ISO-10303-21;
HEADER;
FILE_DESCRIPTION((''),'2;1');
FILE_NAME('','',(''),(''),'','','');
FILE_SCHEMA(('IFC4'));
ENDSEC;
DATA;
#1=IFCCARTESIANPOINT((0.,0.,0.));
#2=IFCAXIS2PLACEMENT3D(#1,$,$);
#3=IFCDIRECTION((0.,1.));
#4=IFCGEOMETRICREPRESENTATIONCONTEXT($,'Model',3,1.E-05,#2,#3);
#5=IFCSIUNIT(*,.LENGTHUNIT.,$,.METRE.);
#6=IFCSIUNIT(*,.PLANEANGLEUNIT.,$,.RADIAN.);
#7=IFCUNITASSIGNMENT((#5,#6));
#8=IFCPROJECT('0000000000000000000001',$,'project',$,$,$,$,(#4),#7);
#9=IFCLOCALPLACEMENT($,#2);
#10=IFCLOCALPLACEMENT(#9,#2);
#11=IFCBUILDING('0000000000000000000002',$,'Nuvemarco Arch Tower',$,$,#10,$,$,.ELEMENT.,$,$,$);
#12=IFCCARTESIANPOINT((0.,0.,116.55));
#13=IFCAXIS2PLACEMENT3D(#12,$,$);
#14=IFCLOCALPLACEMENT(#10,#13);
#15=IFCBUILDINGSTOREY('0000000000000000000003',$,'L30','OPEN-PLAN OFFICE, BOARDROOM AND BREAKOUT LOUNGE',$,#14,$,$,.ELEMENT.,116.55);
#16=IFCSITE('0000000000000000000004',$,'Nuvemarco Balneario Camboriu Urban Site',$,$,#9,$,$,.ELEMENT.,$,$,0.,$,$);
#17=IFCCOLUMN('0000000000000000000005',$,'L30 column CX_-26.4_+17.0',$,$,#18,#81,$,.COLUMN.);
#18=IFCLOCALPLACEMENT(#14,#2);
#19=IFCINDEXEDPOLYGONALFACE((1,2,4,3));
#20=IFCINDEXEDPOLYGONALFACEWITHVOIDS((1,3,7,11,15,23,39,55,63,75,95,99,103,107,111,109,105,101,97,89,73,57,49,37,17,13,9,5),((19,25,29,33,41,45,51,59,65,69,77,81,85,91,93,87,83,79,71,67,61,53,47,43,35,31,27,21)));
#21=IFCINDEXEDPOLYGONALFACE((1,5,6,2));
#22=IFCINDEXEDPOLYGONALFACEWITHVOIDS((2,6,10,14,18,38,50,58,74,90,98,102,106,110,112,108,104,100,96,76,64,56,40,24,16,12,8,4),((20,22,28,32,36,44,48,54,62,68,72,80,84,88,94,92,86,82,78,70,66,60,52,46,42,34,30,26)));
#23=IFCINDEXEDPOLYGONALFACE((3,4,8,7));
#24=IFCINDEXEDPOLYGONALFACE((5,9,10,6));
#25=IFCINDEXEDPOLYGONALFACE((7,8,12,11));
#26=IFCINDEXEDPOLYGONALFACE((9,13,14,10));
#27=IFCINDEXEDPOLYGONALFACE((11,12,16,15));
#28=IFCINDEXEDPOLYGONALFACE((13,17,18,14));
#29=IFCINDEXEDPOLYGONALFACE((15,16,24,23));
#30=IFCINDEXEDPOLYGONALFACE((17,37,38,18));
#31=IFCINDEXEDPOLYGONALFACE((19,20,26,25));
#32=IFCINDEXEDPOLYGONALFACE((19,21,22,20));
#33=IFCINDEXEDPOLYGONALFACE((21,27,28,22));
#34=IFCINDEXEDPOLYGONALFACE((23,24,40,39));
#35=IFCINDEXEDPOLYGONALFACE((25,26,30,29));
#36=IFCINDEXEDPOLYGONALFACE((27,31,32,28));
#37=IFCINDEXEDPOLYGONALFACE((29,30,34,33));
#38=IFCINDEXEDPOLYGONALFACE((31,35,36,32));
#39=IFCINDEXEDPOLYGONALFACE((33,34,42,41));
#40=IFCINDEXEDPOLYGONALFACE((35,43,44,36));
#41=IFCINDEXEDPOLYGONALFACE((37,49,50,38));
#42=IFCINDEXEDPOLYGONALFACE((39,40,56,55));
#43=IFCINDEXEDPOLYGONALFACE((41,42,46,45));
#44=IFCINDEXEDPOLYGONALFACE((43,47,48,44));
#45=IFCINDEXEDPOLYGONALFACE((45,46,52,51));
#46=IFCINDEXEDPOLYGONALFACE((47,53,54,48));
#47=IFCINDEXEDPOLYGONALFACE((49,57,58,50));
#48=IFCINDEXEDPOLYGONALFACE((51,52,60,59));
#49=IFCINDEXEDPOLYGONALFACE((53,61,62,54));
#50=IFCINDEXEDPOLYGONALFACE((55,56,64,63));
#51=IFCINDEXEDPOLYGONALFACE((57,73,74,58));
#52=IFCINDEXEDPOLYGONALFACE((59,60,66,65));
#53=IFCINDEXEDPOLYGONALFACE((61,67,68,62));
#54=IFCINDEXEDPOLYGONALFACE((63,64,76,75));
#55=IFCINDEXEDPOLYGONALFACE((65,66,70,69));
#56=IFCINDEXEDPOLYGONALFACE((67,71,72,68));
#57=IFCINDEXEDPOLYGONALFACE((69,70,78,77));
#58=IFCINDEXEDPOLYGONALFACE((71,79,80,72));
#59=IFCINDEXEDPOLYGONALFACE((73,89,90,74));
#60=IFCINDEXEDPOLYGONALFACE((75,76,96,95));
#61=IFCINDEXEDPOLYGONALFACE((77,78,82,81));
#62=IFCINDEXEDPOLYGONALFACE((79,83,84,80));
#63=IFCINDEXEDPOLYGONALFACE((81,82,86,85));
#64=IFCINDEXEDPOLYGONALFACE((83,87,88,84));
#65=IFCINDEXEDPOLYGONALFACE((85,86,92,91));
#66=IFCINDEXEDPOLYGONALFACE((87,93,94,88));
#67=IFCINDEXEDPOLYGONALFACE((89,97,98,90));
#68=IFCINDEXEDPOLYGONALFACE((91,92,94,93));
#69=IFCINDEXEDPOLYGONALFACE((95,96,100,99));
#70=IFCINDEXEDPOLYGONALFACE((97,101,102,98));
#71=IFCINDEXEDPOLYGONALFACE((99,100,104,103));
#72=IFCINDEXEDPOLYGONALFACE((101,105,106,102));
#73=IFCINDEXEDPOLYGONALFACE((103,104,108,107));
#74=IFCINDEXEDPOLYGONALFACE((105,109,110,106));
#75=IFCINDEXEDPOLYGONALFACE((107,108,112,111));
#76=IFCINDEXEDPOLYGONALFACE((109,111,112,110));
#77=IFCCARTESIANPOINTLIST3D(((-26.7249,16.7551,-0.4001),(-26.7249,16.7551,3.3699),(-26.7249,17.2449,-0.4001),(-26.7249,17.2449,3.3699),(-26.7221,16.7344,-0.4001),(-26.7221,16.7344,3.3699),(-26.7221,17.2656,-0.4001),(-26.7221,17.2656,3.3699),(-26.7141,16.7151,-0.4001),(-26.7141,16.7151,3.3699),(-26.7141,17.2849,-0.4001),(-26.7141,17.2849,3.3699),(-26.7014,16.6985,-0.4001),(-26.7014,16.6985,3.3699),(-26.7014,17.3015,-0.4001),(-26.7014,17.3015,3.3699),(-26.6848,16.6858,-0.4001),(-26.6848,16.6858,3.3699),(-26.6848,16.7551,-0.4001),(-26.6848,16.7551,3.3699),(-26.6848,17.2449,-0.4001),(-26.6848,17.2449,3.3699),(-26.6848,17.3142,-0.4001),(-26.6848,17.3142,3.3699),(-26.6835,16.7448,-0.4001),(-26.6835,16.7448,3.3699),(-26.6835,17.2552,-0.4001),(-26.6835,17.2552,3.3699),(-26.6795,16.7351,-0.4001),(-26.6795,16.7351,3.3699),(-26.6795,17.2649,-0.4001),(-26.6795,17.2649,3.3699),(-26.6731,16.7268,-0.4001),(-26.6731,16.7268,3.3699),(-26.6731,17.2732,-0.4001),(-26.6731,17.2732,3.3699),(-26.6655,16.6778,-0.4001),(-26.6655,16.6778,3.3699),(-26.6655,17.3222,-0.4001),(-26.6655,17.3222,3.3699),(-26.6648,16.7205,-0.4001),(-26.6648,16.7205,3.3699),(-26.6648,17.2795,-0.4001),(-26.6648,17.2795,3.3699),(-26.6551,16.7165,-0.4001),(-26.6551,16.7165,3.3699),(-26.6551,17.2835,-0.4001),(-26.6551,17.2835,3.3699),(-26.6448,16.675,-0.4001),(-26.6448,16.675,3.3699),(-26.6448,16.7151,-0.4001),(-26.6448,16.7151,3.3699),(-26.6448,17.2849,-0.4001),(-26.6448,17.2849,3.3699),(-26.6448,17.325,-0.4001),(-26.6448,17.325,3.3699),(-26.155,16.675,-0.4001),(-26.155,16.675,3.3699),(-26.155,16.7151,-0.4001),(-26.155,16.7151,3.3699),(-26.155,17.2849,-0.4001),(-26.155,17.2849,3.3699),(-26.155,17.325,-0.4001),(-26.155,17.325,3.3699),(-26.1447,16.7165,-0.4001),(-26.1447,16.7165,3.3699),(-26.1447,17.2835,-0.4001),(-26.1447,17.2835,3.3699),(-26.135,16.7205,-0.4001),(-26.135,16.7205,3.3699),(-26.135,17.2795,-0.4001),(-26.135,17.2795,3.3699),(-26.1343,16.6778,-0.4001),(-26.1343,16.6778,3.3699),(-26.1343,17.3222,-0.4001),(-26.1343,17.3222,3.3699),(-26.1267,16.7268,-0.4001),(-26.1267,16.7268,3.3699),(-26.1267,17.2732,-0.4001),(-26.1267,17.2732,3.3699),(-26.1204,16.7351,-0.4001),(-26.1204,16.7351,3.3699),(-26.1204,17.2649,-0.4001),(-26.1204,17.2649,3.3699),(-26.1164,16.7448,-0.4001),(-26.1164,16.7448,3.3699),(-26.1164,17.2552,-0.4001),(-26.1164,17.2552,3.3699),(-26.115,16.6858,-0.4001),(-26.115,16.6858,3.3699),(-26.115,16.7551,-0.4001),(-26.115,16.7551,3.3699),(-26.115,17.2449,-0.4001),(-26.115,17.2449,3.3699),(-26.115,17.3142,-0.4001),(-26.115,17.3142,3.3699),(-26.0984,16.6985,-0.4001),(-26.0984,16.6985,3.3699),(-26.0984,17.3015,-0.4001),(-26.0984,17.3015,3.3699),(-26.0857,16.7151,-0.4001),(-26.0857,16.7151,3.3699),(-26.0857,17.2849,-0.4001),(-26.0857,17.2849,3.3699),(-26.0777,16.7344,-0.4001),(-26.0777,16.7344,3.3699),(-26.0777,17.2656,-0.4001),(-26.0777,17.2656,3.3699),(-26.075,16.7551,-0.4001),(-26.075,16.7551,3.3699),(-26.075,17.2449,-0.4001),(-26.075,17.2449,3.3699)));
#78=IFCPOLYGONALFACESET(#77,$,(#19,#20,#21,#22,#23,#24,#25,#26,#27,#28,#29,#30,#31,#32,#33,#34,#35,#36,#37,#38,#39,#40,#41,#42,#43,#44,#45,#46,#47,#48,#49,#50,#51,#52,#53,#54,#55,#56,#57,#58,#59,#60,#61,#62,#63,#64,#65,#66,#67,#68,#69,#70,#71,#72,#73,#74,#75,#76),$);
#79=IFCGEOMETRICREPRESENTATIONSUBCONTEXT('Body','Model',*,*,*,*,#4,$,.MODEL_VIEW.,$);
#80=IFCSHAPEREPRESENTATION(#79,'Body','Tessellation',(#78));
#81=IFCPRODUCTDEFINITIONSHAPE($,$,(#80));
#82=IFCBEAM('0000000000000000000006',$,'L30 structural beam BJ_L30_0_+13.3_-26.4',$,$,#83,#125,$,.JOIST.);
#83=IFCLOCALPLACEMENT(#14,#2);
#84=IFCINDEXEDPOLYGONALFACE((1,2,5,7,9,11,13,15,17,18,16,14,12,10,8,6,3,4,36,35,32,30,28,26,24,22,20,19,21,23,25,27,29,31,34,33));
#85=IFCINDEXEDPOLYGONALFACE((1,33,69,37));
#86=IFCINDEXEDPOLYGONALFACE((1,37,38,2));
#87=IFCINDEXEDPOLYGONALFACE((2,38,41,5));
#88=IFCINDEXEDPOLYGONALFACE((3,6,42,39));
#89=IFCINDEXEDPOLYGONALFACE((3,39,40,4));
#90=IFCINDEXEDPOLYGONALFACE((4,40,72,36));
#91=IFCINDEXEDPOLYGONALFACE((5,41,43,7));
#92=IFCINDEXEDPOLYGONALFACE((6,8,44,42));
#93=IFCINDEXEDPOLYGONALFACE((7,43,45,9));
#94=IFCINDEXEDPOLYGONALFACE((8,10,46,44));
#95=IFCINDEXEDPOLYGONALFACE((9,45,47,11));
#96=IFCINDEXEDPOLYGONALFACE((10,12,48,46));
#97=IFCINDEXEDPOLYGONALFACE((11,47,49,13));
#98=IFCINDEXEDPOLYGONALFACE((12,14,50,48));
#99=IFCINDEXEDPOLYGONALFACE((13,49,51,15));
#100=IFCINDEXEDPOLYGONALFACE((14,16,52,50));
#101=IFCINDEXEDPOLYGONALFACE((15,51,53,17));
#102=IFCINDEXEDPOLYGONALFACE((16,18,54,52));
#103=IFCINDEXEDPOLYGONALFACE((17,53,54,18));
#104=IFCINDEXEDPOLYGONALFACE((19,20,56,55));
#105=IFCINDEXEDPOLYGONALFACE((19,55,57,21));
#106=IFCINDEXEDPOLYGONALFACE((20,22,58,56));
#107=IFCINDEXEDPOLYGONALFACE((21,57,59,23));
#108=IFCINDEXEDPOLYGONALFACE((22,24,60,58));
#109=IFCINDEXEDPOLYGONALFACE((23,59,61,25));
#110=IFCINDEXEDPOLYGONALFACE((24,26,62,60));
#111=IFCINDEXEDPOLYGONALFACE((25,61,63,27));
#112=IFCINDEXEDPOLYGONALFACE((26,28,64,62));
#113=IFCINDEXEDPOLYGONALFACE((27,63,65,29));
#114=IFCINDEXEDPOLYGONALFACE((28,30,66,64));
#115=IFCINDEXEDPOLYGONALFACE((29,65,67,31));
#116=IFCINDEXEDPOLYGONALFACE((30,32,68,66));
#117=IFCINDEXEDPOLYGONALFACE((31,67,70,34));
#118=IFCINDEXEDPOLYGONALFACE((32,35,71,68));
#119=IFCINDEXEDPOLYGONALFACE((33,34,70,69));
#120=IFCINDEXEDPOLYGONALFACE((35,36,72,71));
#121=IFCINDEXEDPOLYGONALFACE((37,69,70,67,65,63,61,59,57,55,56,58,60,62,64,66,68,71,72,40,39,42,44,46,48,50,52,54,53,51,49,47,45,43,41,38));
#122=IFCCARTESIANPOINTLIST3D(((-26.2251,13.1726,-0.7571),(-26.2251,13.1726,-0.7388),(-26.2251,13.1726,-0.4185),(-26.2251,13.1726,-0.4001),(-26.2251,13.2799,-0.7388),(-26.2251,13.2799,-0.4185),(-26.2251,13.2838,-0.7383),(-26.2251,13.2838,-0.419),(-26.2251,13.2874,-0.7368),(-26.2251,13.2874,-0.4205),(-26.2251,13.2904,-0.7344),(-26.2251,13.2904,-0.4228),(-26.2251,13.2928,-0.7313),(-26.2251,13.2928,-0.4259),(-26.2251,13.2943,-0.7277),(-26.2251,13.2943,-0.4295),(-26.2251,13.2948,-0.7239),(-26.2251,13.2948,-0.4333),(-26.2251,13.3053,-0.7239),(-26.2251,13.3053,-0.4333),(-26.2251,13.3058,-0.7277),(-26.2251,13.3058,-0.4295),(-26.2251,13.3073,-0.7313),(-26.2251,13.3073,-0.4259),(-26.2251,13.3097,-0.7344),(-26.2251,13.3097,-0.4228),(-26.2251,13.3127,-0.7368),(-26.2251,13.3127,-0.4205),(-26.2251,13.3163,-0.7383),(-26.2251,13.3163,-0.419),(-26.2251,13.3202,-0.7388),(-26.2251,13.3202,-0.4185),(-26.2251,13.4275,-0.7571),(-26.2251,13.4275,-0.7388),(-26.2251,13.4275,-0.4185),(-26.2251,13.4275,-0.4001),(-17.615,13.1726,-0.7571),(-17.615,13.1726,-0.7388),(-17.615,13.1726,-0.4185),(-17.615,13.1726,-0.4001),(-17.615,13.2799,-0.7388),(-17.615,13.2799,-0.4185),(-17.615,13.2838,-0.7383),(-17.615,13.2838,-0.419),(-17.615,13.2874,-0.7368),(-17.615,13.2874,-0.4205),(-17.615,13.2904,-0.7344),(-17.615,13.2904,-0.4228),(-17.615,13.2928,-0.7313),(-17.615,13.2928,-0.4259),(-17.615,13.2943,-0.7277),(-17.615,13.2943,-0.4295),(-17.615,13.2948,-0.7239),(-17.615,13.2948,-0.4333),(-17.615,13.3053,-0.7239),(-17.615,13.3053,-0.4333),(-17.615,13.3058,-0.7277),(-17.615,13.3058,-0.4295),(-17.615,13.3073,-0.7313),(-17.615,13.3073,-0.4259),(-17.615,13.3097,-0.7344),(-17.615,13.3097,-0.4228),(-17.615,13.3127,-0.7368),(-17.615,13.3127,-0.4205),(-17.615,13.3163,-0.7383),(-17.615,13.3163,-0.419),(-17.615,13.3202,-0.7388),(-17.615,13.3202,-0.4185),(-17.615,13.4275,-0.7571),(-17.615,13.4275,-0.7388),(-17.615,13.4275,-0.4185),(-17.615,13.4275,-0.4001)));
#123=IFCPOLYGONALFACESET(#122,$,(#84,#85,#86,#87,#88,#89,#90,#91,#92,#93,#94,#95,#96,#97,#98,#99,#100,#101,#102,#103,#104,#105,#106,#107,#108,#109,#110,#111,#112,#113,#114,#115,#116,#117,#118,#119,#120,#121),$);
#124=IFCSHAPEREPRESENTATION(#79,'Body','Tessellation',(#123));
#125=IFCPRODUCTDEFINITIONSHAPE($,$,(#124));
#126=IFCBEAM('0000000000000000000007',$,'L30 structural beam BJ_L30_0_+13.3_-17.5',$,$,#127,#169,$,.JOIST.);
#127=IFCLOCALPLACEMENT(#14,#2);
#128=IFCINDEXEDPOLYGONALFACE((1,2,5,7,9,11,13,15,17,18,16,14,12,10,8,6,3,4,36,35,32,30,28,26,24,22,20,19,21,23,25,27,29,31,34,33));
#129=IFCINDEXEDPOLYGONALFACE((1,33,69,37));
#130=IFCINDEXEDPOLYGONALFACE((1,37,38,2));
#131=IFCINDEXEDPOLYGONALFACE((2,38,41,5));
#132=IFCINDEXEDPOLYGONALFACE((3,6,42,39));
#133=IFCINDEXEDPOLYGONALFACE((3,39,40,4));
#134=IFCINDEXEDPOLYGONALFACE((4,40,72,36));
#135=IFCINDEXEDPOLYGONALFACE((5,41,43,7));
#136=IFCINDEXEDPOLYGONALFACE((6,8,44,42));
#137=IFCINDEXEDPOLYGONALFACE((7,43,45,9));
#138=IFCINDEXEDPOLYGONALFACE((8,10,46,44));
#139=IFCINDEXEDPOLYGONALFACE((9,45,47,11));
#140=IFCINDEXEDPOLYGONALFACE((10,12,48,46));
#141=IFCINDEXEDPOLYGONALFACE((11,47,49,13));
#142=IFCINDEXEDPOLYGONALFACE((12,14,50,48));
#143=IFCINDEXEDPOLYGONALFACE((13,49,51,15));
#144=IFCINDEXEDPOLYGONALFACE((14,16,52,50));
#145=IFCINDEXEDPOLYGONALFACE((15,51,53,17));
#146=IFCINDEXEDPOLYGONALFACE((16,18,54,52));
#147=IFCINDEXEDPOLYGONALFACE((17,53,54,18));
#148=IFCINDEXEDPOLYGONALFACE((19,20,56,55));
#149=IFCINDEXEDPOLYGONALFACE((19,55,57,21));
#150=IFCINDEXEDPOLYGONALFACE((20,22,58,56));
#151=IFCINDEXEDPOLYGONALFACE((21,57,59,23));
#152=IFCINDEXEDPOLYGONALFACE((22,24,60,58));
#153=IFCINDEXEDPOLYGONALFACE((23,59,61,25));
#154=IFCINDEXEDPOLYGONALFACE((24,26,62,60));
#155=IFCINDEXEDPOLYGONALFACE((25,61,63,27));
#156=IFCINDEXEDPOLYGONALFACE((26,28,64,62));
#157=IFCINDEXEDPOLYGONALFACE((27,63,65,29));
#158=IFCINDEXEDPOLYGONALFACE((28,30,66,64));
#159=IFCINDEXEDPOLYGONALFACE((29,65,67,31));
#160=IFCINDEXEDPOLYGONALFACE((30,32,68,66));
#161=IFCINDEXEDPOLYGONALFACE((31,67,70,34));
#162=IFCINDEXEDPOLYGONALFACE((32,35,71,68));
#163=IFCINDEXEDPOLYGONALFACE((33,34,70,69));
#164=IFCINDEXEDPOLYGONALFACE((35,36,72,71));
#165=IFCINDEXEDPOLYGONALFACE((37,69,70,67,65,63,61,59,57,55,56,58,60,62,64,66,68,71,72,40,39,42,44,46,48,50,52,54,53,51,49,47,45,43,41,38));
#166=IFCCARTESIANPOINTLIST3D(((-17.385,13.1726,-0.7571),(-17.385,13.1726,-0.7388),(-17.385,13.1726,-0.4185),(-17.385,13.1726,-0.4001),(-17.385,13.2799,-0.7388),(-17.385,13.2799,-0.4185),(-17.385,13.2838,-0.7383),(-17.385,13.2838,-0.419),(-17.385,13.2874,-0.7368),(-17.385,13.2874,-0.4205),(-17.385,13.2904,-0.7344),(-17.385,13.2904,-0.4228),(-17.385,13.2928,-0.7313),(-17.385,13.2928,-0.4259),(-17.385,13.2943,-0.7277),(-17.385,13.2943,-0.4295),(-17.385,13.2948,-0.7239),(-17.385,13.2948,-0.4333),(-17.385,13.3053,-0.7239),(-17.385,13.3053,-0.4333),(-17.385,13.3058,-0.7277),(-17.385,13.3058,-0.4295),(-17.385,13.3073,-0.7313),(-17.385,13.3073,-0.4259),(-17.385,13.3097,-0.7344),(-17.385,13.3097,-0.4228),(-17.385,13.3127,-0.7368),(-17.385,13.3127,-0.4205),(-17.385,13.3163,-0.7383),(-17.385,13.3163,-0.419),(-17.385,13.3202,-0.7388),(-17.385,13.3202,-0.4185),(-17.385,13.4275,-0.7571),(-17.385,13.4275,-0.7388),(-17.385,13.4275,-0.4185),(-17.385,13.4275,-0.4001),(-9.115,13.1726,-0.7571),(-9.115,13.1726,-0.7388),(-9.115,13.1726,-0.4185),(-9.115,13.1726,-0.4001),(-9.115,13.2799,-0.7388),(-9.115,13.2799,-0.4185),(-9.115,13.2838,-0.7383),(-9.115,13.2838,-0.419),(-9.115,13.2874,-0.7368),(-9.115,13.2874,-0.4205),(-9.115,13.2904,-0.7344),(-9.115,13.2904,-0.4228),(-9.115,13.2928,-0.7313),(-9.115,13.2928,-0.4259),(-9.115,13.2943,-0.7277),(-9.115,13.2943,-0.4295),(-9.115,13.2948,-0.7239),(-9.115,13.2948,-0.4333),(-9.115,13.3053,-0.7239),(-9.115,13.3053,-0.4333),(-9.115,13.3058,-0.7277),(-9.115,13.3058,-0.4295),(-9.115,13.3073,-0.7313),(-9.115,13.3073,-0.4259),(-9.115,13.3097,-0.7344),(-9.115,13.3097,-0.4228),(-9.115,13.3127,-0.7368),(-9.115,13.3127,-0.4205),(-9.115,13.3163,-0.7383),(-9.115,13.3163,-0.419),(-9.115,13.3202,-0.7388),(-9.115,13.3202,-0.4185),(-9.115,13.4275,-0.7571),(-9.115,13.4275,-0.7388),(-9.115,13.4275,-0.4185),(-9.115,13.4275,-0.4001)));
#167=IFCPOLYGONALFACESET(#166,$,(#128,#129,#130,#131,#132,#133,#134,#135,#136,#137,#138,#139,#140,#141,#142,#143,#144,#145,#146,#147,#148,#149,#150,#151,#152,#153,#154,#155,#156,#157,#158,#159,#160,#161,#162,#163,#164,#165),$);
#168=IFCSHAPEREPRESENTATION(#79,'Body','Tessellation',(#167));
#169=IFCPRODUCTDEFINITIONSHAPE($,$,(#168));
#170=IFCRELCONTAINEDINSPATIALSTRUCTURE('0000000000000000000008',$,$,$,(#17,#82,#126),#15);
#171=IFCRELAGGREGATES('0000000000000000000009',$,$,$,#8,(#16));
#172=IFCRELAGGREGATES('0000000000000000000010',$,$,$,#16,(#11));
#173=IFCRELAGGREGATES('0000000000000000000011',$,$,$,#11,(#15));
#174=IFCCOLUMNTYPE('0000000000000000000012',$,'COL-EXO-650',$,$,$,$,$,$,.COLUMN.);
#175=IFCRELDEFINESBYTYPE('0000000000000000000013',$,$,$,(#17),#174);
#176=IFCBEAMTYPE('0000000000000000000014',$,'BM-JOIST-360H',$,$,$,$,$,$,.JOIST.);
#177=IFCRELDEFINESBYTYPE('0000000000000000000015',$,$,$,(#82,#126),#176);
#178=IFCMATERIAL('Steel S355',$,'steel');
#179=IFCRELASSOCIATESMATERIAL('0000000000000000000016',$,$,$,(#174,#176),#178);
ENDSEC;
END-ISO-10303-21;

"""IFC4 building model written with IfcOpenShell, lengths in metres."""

from ifc_helpers import new_model, si_unit, direction, frame, origin, origin_2d, place, context, subcontext, project, spatial, hollow_rectangle, i_section, extrude, material, material_profile, profile_set, type_object, element, save


model = new_model("IFC4")

# Units and contexts
model_context = context("Model", 3, precision=1e-05, world=origin(), true_north=direction((0.0, 1.0)))
body_context = subcontext(model_context, "Body", "Model", "MODEL_VIEW")
ifc_project = project(units=[si_unit("LENGTHUNIT", "METRE"), si_unit("PLANEANGLEUNIT", "RADIAN")], contexts=[model_context])

# Site, building, storey
site_placement = place(None, origin())
site = spatial("IfcSite", under=ifc_project, at=site_placement, Name="Nuvemarco Balneario Camboriu Urban Site", CompositionType="ELEMENT", RefElevation=0.0)
building_placement = place(site_placement, origin())
building = spatial("IfcBuilding", under=site, at=building_placement, Name="Nuvemarco Arch Tower", CompositionType="ELEMENT")
storey_placement = place(building_placement, frame((0.0, 0.0, 116.55)))
storey = spatial("IfcBuildingStorey", under=building, at=storey_placement, Name="L30", Description="OPEN-PLAN OFFICE, BOARDROOM AND BREAKOUT LOUNGE", CompositionType="ELEMENT", Elevation=116.55)

# Column
ifc_material_1 = material(Name="Steel S355", Category="steel")
ifc_material_profile_1 = material_profile(ifc_material_1, hollow_rectangle(XDim=0.6499, YDim=0.6499, WallThickness=0.04, InnerFilletRadius=0.04, OuterFilletRadius=0.0801, at=origin_2d()), Name="SHS650x650x40")
ifc_profile_set_1 = profile_set([ifc_material_profile_1], Name="Steel S355")
column_type = type_object("IfcColumnType", Name="COL-EXO-650", PredefinedType="COLUMN", material=ifc_profile_set_1)
column_placement = place(storey_placement, frame((-26.3999, 17.0, -0.4001), z_axis=(0.0, 0.0, 1.0), x_axis=(1.0, 0.0, 0.0)))
element("IfcColumn", 1, at=column_placement, inside=storey, type_object=column_type, Name="L30 column CX_-26.4_+17.0", PredefinedType="COLUMN", context=body_context, shape_type="SweptSolid", body=[
    extrude(hollow_rectangle(XDim=0.6499, YDim=0.6499, WallThickness=0.04, InnerFilletRadius=0.04, OuterFilletRadius=0.0801, at=origin_2d()), origin(), (0.0, 0.0, 1.0), 3.77),
])

# Beams
ifc_material_profile_2 = material_profile(ifc_material_1, i_section(OverallWidth=0.2549, OverallDepth=0.3569, WebThickness=0.0105, FlangeThickness=0.0183, FilletRadius=0.0149, at=origin_2d()), Name="W360x101")
ifc_profile_set_2 = profile_set([ifc_material_profile_2], Name="Steel S355")
beam_type = type_object("IfcBeamType", Name="BM-JOIST-360H", PredefinedType="JOIST", material=ifc_profile_set_2)
beam_1_placement = place(storey_placement, frame((-26.2251, 13.3, -0.5786), z_axis=(1.0, 0.0, 0.0), x_axis=(0.0, 1.0, 0.0)))
element("IfcBeam", 2, at=beam_1_placement, inside=storey, type_object=beam_type, Name="L30 structural beam BJ_L30_0_+13.3_-26.4", PredefinedType="JOIST", context=body_context, shape_type="SweptSolid", body=[
    extrude(i_section(OverallWidth=0.2549, OverallDepth=0.3569, WebThickness=0.0105, FlangeThickness=0.0183, FilletRadius=0.0149, at=origin_2d()), origin(), (0.0, 0.0, 1.0), 8.6101),
])
beam_2_placement = place(storey_placement, frame((-17.385, 13.3, -0.5786), z_axis=(1.0, 0.0, 0.0), x_axis=(0.0, 1.0, 0.0)))
element("IfcBeam", 3, at=beam_2_placement, inside=storey, type_object=beam_type, Name="L30 structural beam BJ_L30_0_+13.3_-17.5", PredefinedType="JOIST", context=body_context, shape_type="SweptSolid", body=[
    extrude(i_section(OverallWidth=0.2549, OverallDepth=0.3569, WebThickness=0.0105, FlangeThickness=0.0183, FilletRadius=0.0149, at=origin_2d()), origin(), (0.0, 0.0, 1.0), 8.27),
])

save(model, "model.ifc")
